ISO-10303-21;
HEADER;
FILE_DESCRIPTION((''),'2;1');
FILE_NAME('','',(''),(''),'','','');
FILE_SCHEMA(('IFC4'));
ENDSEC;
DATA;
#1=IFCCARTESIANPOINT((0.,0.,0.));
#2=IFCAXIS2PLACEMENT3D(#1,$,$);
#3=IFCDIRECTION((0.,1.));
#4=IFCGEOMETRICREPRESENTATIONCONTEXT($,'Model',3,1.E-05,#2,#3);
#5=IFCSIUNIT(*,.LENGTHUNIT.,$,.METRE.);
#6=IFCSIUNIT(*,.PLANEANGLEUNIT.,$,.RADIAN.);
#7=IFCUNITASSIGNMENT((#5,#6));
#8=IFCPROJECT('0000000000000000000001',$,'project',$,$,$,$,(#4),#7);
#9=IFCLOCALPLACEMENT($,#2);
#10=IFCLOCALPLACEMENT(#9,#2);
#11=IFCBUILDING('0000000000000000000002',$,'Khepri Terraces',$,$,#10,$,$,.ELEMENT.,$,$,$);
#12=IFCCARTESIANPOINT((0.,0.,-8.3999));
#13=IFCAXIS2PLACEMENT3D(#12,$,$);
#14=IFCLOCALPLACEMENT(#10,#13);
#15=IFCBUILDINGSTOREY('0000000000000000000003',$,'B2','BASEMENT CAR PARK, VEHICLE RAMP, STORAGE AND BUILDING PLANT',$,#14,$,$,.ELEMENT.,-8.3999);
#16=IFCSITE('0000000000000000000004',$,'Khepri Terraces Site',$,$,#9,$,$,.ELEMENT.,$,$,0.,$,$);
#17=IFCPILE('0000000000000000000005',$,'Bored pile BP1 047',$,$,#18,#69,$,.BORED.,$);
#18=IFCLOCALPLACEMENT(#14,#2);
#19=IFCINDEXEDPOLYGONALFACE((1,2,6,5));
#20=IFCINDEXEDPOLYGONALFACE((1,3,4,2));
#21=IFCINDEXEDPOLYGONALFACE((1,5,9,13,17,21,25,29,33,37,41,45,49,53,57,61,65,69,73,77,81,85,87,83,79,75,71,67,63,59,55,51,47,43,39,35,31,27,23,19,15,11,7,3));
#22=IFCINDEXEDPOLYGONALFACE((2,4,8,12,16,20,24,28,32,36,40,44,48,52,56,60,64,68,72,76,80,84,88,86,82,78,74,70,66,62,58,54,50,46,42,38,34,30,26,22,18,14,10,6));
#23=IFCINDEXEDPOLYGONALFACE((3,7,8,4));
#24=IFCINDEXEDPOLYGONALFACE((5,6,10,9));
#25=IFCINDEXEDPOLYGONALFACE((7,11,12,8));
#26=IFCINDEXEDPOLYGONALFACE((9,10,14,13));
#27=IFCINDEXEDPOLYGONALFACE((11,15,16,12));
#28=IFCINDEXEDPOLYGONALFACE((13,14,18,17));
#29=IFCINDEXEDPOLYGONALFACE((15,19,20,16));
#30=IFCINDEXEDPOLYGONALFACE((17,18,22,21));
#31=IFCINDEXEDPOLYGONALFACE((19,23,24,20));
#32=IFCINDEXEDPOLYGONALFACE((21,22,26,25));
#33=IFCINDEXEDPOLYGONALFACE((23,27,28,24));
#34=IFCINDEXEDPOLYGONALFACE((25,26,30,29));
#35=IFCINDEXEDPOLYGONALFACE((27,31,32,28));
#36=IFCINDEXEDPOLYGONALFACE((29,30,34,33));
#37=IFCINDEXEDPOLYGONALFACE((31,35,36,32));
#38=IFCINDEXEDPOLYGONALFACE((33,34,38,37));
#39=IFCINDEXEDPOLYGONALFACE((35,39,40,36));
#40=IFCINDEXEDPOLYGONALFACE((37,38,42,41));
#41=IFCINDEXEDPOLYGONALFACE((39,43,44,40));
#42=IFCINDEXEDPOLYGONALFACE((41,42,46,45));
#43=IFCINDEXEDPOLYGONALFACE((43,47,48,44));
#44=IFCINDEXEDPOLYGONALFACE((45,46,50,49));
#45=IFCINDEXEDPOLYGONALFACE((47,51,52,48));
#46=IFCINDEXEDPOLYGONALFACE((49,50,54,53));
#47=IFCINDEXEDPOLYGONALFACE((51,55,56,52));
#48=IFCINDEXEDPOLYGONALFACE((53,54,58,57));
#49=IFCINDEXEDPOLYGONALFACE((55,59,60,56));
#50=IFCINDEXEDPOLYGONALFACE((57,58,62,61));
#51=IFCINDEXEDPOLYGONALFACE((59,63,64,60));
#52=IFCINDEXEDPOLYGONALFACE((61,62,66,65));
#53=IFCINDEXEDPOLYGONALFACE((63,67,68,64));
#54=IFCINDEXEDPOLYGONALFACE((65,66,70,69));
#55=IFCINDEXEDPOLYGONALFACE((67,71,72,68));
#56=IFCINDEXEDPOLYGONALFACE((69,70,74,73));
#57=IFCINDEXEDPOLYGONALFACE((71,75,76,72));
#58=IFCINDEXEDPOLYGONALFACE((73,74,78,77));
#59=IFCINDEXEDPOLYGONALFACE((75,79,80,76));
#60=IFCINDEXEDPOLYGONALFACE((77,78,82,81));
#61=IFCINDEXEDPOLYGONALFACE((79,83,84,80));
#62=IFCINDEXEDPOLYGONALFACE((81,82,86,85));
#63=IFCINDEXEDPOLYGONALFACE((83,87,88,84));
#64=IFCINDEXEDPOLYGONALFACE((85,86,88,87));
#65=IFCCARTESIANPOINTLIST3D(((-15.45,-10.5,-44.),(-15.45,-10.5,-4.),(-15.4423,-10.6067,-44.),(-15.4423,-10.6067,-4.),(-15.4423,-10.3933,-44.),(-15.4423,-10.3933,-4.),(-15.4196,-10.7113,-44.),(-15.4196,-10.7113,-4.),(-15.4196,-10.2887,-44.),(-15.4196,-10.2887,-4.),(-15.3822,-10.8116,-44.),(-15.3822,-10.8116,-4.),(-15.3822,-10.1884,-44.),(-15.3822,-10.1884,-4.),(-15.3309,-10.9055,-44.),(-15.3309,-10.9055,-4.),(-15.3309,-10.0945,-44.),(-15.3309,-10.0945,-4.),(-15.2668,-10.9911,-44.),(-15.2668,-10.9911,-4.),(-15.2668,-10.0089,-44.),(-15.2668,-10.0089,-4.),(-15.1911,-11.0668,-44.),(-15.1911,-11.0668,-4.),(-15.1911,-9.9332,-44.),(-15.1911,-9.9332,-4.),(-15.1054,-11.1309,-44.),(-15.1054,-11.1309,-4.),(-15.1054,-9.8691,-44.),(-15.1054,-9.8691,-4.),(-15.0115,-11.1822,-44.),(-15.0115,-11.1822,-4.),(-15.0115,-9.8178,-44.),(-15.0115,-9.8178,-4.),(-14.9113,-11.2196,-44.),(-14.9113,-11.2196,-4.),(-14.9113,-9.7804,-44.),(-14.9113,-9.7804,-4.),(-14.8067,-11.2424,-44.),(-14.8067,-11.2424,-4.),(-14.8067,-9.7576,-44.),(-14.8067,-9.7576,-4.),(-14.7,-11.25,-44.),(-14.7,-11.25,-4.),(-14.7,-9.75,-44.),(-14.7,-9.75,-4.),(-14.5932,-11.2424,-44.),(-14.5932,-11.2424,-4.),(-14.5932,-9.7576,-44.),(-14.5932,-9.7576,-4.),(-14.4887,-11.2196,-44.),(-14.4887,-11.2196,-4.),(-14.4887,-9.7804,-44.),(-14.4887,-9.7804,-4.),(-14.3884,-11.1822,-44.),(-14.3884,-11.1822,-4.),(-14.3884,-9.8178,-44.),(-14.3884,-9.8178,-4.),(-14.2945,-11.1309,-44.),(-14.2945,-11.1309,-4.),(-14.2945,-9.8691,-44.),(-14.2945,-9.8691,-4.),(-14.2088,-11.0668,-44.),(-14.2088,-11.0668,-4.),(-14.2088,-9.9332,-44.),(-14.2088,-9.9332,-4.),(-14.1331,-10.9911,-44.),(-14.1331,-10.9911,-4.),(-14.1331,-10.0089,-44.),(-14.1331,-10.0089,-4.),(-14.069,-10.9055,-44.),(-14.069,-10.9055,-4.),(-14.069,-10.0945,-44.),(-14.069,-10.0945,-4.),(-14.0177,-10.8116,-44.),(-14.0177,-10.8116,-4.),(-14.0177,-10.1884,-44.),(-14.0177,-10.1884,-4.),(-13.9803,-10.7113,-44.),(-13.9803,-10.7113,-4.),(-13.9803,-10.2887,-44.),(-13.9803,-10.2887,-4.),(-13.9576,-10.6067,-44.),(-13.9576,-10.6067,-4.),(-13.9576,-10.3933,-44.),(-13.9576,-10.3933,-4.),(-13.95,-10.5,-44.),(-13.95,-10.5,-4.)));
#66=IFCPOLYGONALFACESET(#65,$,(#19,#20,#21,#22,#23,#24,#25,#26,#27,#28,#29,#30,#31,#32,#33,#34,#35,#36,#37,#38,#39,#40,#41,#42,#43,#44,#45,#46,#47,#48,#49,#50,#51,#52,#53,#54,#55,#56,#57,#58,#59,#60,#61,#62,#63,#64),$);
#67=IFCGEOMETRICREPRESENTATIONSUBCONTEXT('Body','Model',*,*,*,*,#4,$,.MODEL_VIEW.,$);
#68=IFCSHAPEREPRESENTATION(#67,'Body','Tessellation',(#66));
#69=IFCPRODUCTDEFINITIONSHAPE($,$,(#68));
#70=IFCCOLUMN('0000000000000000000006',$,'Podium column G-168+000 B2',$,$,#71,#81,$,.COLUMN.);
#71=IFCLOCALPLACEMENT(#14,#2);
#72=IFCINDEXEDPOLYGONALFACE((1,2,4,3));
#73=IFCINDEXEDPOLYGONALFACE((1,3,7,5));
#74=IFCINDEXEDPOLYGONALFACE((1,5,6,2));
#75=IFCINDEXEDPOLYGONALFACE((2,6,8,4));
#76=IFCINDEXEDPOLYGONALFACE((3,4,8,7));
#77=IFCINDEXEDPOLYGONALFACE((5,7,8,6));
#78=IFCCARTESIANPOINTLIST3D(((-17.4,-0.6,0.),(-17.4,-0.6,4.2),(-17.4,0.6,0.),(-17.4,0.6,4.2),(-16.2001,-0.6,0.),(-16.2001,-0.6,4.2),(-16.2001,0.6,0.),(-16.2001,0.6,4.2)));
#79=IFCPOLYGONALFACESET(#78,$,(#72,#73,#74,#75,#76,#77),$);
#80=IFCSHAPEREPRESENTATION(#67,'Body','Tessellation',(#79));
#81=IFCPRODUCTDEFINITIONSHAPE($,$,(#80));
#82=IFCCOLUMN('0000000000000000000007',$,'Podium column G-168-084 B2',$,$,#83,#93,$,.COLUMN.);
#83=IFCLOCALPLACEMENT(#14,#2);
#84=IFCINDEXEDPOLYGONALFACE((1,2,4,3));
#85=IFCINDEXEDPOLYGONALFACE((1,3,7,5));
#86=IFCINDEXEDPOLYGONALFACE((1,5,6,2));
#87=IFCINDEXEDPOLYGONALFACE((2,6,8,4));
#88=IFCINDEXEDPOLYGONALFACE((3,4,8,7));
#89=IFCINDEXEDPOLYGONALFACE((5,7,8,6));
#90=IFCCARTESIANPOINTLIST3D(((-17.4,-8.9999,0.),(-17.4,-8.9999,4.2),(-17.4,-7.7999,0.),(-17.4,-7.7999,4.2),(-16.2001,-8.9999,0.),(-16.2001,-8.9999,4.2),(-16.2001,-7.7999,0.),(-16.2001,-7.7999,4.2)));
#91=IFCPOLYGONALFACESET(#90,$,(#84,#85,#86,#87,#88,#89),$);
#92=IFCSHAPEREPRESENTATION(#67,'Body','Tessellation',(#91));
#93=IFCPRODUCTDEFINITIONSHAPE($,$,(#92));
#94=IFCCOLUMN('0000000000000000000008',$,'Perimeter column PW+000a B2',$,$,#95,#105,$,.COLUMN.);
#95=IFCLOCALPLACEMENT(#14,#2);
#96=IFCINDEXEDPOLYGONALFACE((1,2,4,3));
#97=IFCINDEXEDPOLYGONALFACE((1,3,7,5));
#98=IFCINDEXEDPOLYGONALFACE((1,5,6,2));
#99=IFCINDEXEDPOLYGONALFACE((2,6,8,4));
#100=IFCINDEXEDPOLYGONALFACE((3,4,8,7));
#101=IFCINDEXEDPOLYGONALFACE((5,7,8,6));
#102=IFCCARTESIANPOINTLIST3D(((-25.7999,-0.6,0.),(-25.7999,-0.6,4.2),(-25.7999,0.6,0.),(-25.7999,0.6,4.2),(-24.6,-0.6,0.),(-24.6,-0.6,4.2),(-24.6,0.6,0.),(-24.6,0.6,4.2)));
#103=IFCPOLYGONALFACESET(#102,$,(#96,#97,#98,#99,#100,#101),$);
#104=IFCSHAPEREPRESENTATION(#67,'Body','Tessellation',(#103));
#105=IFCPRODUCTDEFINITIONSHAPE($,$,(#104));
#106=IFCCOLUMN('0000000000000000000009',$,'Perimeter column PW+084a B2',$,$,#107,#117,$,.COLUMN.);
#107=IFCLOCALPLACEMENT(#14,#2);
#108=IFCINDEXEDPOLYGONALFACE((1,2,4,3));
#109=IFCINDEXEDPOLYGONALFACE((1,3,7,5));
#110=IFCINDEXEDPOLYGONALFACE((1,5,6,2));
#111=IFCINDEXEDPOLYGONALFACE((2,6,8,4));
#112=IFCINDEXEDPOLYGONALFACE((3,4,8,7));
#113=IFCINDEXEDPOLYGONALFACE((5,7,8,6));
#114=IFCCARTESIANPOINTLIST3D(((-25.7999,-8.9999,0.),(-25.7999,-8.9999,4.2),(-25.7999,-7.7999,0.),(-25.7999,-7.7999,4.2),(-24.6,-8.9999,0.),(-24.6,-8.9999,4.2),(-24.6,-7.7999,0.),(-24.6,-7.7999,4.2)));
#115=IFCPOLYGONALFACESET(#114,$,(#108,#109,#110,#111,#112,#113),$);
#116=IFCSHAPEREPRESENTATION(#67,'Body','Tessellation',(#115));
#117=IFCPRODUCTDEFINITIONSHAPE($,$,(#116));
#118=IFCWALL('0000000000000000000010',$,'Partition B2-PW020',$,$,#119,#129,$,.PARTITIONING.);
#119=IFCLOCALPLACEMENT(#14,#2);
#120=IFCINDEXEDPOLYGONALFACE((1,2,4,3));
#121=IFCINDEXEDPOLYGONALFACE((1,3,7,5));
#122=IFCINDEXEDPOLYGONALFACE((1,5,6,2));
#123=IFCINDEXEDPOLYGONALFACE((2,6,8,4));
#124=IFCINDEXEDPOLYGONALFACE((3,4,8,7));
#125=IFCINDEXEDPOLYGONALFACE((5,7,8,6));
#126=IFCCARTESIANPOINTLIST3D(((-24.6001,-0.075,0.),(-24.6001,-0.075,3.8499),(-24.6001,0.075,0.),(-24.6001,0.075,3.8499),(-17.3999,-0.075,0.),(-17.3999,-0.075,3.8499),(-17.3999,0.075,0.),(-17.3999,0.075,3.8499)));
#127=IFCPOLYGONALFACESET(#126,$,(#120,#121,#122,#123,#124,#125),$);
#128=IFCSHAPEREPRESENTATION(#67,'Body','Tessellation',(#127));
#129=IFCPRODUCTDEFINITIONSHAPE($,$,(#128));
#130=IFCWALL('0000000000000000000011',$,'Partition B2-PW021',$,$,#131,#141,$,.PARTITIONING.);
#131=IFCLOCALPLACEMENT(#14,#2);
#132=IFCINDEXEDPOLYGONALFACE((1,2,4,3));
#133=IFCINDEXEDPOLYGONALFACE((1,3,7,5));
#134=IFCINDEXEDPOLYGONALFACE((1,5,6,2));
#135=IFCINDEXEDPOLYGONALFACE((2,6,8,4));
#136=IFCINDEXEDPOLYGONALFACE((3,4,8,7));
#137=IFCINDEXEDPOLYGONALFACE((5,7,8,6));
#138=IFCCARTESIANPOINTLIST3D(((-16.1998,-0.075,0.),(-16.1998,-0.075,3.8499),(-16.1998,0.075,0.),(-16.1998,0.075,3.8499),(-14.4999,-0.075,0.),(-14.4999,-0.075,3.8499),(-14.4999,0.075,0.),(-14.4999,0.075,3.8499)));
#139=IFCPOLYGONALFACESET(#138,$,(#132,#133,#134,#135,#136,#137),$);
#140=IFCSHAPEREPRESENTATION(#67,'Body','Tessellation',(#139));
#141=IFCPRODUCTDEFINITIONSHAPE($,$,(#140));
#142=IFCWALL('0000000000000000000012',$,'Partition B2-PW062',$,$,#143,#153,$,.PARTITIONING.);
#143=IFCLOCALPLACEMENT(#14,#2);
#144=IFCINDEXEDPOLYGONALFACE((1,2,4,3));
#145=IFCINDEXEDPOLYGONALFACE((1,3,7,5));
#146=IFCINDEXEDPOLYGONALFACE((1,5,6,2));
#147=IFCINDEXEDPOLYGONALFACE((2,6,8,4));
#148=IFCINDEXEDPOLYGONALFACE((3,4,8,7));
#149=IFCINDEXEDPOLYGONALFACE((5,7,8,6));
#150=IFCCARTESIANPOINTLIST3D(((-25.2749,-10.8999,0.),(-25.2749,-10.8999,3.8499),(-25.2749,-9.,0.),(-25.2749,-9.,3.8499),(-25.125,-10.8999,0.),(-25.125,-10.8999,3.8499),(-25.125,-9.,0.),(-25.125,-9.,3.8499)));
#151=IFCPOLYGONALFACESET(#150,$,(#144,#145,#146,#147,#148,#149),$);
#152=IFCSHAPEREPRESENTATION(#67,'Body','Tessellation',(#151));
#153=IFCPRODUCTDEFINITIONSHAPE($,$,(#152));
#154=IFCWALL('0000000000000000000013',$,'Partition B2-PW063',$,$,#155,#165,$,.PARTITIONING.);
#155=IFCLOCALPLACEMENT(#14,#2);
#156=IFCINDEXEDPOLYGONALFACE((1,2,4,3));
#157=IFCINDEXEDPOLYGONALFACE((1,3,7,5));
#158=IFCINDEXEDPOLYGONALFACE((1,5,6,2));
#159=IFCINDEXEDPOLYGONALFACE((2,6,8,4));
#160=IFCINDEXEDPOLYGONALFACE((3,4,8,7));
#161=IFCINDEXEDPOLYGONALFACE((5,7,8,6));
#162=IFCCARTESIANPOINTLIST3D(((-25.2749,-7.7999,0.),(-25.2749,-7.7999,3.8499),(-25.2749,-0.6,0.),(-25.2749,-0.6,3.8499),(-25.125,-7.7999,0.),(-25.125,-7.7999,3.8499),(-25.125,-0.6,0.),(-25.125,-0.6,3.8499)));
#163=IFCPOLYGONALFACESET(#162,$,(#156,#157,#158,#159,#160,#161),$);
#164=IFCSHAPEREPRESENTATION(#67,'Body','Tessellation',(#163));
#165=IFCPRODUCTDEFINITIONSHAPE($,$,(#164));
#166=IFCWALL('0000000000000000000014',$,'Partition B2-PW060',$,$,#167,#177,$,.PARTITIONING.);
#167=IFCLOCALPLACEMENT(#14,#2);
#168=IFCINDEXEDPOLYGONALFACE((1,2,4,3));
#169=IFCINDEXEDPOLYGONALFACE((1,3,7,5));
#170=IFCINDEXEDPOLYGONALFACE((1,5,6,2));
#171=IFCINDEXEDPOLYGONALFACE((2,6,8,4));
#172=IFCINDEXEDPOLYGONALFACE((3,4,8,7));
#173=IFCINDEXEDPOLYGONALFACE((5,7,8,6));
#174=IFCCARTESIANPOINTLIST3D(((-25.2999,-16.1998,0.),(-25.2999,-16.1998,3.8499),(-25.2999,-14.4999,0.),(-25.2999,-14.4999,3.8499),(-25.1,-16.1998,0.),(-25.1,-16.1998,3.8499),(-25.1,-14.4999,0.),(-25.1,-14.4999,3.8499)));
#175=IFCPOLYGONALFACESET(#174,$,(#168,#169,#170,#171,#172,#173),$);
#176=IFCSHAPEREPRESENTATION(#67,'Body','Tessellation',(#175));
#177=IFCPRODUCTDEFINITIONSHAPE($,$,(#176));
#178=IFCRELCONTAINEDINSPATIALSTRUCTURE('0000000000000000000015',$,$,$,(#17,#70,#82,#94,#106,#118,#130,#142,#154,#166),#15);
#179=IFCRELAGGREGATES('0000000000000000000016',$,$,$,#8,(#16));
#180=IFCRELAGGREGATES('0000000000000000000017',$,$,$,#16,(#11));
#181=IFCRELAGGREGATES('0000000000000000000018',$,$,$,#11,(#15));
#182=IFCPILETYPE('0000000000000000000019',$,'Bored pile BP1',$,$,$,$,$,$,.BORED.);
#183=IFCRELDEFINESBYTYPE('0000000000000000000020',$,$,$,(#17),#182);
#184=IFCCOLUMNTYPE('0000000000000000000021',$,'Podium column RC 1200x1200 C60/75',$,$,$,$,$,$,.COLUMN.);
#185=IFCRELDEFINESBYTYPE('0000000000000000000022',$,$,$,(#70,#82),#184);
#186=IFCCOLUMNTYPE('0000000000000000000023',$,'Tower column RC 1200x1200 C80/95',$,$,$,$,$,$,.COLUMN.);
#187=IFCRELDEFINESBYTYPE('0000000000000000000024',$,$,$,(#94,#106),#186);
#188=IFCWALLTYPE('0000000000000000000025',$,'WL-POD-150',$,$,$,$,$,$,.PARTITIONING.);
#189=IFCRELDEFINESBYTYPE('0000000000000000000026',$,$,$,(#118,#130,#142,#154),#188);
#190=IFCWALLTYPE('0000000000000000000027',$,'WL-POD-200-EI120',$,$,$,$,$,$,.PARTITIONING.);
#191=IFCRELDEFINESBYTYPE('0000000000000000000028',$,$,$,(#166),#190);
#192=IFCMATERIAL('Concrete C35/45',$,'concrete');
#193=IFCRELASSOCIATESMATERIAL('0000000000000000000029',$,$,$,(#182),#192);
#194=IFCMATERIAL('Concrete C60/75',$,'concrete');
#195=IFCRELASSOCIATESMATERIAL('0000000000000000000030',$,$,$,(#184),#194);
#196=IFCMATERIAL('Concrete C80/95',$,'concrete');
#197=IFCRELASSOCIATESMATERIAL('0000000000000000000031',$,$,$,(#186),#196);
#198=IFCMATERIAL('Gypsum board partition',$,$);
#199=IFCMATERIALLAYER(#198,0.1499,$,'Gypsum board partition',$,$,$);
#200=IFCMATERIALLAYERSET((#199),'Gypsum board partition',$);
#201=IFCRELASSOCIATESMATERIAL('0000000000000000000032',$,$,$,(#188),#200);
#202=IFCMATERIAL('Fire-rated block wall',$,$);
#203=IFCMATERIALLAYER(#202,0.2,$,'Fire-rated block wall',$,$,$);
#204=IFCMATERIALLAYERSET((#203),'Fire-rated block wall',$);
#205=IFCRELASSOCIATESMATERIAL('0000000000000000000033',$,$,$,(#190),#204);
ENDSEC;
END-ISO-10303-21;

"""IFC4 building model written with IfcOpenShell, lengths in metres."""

from ifc_helpers import new_model, si_unit, direction, frame, frame_2d, origin, origin_2d, place, context, subcontext, project, spatial, rectangle, circle, extrude, material, layer, layer_set, material_profile, profile_set, type_object, element, save


model = new_model("IFC4")

# Units and contexts
model_context = context("Model", 3, precision=1e-05, world=origin(), true_north=direction((0.0, 1.0)))
body_context = subcontext(model_context, "Body", "Model", "MODEL_VIEW")
ifc_project = project(units=[si_unit("LENGTHUNIT", "METRE"), si_unit("PLANEANGLEUNIT", "RADIAN")], contexts=[model_context])

# Site, building, storey
site_placement = place(None, origin())
site = spatial("IfcSite", under=ifc_project, at=site_placement, Name="Khepri Terraces Site", CompositionType="ELEMENT", RefElevation=0.0)
building_placement = place(site_placement, origin())
building = spatial("IfcBuilding", under=site, at=building_placement, Name="Khepri Terraces", CompositionType="ELEMENT")
storey_placement = place(building_placement, frame((0.0, 0.0, -8.3999)))
storey = spatial("IfcBuildingStorey", under=building, at=storey_placement, Name="B2", Description="BASEMENT CAR PARK, VEHICLE RAMP, STORAGE AND BUILDING PLANT", CompositionType="ELEMENT", Elevation=-8.3999)

# Pile
ifc_material_1 = material(Name="Concrete C35/45", Category="concrete")
ifc_material_profile_1 = material_profile(ifc_material_1, circle(Radius=0.75, at=origin_2d()), Name="Concrete C35/45", Category="concrete")
ifc_profile_set_1 = profile_set([ifc_material_profile_1], Name="Concrete C35/45")
pile_type = type_object("IfcPileType", Name="Bored pile BP1", PredefinedType="BORED", material=ifc_profile_set_1)
for number, where, z_axis, x_axis, name in (
    (1, (-14.7, -10.5, -4.0), (0.0, 0.0, -1.0), (1.0, 0.0, 0.0), "Bored pile BP1 047"),
):
    element("IfcPile", number, at=place(storey_placement, frame(where, z_axis=z_axis, x_axis=x_axis)), inside=storey, type_object=pile_type, Name=name, PredefinedType="BORED", context=body_context, shape_type="SweptSolid", body=[
        extrude(circle(Radius=0.75, at=origin_2d()), origin(), (0.0, 0.0, 1.0), 40.0),
    ])

# Columns
ifc_material_2 = material(Name="Concrete C60/75", Category="concrete")
ifc_material_profile_2 = material_profile(ifc_material_2, rectangle(XDim=1.2, YDim=1.2, at=origin_2d()), Name="Concrete C60/75", Category="concrete")
ifc_profile_set_2 = profile_set([ifc_material_profile_2], Name="Concrete C60/75")
column_type_1 = type_object("IfcColumnType", Name="Podium column RC 1200x1200 C60/75", PredefinedType="COLUMN", material=ifc_profile_set_2)
for number, where, z_axis, x_axis, name in (
    (2, (-16.8, 0.0, 0.0), (0.0, 0.0, 1.0), (1.0, 0.0, 0.0), "Podium column G-168+000 B2"),
    (3, (-16.8, -8.3999, 0.0), (0.0, 0.0, 1.0), (1.0, 0.0, 0.0), "Podium column G-168-084 B2"),
):
    element("IfcColumn", number, at=place(storey_placement, frame(where, z_axis=z_axis, x_axis=x_axis)), inside=storey, type_object=column_type_1, Name=name, PredefinedType="COLUMN", context=body_context, shape_type="SweptSolid", body=[
        extrude(rectangle(XDim=1.2, YDim=1.2, at=origin_2d()), origin(), (0.0, 0.0, 1.0), 4.2),
    ])
ifc_material_3 = material(Name="Concrete C80/95", Category="concrete")
ifc_material_profile_3 = material_profile(ifc_material_3, rectangle(XDim=1.2, YDim=1.2, at=origin_2d()), Name="Concrete C80/95", Category="concrete")
ifc_profile_set_3 = profile_set([ifc_material_profile_3], Name="Concrete C80/95")
column_type_2 = type_object("IfcColumnType", Name="Tower column RC 1200x1200 C80/95", PredefinedType="COLUMN", material=ifc_profile_set_3)
for number, where, z_axis, x_axis, name in (
    (4, (-25.2, 0.0, 0.0), (0.0, 0.0, 1.0), (1.0, 0.0, 0.0), "Perimeter column PW+000a B2"),
    (5, (-25.2, -8.3999, 0.0), (0.0, 0.0, 1.0), (1.0, 0.0, 0.0), "Perimeter column PW+084a B2"),
):
    element("IfcColumn", number, at=place(storey_placement, frame(where, z_axis=z_axis, x_axis=x_axis)), inside=storey, type_object=column_type_2, Name=name, PredefinedType="COLUMN", context=body_context, shape_type="SweptSolid", body=[
        extrude(rectangle(XDim=1.2, YDim=1.2, at=origin_2d()), origin(), (0.0, 0.0, 1.0), 4.2),
    ])

# Walls
ifc_material_4 = material(Name="Gypsum board partition")
ifc_layer_1 = layer(ifc_material_4, 0.1499, Name="Gypsum board partition")
ifc_layer_set_1 = layer_set([ifc_layer_1], Name="Gypsum board partition")
wall_type_1 = type_object("IfcWallType", Name="WL-POD-150", PredefinedType="PARTITIONING", material=ifc_layer_set_1)
wall_1_placement = place(storey_placement, frame((-24.6001, 0.0, 0.0), z_axis=(0.0, 0.0, 1.0), x_axis=(1.0, 0.0, 0.0)))
element("IfcWall", 6, at=wall_1_placement, inside=storey, type_object=wall_type_1, Name="Partition B2-PW020", PredefinedType="PARTITIONING", context=body_context, shape_type="SweptSolid", body=[
    extrude(rectangle(XDim=7.2002, YDim=0.1499, at=frame_2d((3.6001, 0.0))), origin(), (0.0, 0.0, 1.0), 3.8499),
])
wall_2_placement = place(storey_placement, frame((-16.2, 0.0, 0.0), z_axis=(0.0, 0.0, 1.0), x_axis=(1.0, 0.0, 0.0)))
element("IfcWall", 7, at=wall_2_placement, inside=storey, type_object=wall_type_1, Name="Partition B2-PW021", PredefinedType="PARTITIONING", context=body_context, shape_type="SweptSolid", body=[
    extrude(rectangle(XDim=1.7, YDim=0.1499, at=frame_2d((0.8501, 0.0))), origin(), (0.0, 0.0, 1.0), 3.8499),
])
wall_3_placement = place(storey_placement, frame((-25.2, -10.8999, 0.0), z_axis=(0.0, 0.0, 1.0), x_axis=(0.0, 1.0, 0.0)))
element("IfcWall", 8, at=wall_3_placement, inside=storey, type_object=wall_type_1, Name="Partition B2-PW062", PredefinedType="PARTITIONING", context=body_context, shape_type="SweptSolid", body=[
    extrude(rectangle(XDim=1.8999, YDim=0.1499, at=frame_2d((0.95, 0.0))), origin(), (0.0, 0.0, 1.0), 3.8499),
])
wall_4_placement = place(storey_placement, frame((-25.2, -7.8, 0.0), z_axis=(0.0, 0.0, 1.0), x_axis=(0.0, 1.0, 0.0)))
element("IfcWall", 9, at=wall_4_placement, inside=storey, type_object=wall_type_1, Name="Partition B2-PW063", PredefinedType="PARTITIONING", context=body_context, shape_type="SweptSolid", body=[
    extrude(rectangle(XDim=7.2, YDim=0.1499, at=frame_2d((3.6001, 0.0))), origin(), (0.0, 0.0, 1.0), 3.8499),
])
ifc_material_5 = material(Name="Fire-rated block wall")
ifc_layer_2 = layer(ifc_material_5, 0.2, Name="Fire-rated block wall")
ifc_layer_set_2 = layer_set([ifc_layer_2], Name="Fire-rated block wall")
wall_type_2 = type_object("IfcWallType", Name="WL-POD-200-EI120", PredefinedType="PARTITIONING", material=ifc_layer_set_2)
wall_5_placement = place(storey_placement, frame((-25.2, -16.2, 0.0), z_axis=(0.0, 0.0, 1.0), x_axis=(0.0, 1.0, 0.0)))
element("IfcWall", 10, at=wall_5_placement, inside=storey, type_object=wall_type_2, Name="Partition B2-PW060", PredefinedType="PARTITIONING", context=body_context, shape_type="SweptSolid", body=[
    extrude(rectangle(XDim=1.7, YDim=0.2, at=frame_2d((0.8501, 0.0))), origin(), (0.0, 0.0, 1.0), 3.8499),
])

save(model, "model.ifc")
